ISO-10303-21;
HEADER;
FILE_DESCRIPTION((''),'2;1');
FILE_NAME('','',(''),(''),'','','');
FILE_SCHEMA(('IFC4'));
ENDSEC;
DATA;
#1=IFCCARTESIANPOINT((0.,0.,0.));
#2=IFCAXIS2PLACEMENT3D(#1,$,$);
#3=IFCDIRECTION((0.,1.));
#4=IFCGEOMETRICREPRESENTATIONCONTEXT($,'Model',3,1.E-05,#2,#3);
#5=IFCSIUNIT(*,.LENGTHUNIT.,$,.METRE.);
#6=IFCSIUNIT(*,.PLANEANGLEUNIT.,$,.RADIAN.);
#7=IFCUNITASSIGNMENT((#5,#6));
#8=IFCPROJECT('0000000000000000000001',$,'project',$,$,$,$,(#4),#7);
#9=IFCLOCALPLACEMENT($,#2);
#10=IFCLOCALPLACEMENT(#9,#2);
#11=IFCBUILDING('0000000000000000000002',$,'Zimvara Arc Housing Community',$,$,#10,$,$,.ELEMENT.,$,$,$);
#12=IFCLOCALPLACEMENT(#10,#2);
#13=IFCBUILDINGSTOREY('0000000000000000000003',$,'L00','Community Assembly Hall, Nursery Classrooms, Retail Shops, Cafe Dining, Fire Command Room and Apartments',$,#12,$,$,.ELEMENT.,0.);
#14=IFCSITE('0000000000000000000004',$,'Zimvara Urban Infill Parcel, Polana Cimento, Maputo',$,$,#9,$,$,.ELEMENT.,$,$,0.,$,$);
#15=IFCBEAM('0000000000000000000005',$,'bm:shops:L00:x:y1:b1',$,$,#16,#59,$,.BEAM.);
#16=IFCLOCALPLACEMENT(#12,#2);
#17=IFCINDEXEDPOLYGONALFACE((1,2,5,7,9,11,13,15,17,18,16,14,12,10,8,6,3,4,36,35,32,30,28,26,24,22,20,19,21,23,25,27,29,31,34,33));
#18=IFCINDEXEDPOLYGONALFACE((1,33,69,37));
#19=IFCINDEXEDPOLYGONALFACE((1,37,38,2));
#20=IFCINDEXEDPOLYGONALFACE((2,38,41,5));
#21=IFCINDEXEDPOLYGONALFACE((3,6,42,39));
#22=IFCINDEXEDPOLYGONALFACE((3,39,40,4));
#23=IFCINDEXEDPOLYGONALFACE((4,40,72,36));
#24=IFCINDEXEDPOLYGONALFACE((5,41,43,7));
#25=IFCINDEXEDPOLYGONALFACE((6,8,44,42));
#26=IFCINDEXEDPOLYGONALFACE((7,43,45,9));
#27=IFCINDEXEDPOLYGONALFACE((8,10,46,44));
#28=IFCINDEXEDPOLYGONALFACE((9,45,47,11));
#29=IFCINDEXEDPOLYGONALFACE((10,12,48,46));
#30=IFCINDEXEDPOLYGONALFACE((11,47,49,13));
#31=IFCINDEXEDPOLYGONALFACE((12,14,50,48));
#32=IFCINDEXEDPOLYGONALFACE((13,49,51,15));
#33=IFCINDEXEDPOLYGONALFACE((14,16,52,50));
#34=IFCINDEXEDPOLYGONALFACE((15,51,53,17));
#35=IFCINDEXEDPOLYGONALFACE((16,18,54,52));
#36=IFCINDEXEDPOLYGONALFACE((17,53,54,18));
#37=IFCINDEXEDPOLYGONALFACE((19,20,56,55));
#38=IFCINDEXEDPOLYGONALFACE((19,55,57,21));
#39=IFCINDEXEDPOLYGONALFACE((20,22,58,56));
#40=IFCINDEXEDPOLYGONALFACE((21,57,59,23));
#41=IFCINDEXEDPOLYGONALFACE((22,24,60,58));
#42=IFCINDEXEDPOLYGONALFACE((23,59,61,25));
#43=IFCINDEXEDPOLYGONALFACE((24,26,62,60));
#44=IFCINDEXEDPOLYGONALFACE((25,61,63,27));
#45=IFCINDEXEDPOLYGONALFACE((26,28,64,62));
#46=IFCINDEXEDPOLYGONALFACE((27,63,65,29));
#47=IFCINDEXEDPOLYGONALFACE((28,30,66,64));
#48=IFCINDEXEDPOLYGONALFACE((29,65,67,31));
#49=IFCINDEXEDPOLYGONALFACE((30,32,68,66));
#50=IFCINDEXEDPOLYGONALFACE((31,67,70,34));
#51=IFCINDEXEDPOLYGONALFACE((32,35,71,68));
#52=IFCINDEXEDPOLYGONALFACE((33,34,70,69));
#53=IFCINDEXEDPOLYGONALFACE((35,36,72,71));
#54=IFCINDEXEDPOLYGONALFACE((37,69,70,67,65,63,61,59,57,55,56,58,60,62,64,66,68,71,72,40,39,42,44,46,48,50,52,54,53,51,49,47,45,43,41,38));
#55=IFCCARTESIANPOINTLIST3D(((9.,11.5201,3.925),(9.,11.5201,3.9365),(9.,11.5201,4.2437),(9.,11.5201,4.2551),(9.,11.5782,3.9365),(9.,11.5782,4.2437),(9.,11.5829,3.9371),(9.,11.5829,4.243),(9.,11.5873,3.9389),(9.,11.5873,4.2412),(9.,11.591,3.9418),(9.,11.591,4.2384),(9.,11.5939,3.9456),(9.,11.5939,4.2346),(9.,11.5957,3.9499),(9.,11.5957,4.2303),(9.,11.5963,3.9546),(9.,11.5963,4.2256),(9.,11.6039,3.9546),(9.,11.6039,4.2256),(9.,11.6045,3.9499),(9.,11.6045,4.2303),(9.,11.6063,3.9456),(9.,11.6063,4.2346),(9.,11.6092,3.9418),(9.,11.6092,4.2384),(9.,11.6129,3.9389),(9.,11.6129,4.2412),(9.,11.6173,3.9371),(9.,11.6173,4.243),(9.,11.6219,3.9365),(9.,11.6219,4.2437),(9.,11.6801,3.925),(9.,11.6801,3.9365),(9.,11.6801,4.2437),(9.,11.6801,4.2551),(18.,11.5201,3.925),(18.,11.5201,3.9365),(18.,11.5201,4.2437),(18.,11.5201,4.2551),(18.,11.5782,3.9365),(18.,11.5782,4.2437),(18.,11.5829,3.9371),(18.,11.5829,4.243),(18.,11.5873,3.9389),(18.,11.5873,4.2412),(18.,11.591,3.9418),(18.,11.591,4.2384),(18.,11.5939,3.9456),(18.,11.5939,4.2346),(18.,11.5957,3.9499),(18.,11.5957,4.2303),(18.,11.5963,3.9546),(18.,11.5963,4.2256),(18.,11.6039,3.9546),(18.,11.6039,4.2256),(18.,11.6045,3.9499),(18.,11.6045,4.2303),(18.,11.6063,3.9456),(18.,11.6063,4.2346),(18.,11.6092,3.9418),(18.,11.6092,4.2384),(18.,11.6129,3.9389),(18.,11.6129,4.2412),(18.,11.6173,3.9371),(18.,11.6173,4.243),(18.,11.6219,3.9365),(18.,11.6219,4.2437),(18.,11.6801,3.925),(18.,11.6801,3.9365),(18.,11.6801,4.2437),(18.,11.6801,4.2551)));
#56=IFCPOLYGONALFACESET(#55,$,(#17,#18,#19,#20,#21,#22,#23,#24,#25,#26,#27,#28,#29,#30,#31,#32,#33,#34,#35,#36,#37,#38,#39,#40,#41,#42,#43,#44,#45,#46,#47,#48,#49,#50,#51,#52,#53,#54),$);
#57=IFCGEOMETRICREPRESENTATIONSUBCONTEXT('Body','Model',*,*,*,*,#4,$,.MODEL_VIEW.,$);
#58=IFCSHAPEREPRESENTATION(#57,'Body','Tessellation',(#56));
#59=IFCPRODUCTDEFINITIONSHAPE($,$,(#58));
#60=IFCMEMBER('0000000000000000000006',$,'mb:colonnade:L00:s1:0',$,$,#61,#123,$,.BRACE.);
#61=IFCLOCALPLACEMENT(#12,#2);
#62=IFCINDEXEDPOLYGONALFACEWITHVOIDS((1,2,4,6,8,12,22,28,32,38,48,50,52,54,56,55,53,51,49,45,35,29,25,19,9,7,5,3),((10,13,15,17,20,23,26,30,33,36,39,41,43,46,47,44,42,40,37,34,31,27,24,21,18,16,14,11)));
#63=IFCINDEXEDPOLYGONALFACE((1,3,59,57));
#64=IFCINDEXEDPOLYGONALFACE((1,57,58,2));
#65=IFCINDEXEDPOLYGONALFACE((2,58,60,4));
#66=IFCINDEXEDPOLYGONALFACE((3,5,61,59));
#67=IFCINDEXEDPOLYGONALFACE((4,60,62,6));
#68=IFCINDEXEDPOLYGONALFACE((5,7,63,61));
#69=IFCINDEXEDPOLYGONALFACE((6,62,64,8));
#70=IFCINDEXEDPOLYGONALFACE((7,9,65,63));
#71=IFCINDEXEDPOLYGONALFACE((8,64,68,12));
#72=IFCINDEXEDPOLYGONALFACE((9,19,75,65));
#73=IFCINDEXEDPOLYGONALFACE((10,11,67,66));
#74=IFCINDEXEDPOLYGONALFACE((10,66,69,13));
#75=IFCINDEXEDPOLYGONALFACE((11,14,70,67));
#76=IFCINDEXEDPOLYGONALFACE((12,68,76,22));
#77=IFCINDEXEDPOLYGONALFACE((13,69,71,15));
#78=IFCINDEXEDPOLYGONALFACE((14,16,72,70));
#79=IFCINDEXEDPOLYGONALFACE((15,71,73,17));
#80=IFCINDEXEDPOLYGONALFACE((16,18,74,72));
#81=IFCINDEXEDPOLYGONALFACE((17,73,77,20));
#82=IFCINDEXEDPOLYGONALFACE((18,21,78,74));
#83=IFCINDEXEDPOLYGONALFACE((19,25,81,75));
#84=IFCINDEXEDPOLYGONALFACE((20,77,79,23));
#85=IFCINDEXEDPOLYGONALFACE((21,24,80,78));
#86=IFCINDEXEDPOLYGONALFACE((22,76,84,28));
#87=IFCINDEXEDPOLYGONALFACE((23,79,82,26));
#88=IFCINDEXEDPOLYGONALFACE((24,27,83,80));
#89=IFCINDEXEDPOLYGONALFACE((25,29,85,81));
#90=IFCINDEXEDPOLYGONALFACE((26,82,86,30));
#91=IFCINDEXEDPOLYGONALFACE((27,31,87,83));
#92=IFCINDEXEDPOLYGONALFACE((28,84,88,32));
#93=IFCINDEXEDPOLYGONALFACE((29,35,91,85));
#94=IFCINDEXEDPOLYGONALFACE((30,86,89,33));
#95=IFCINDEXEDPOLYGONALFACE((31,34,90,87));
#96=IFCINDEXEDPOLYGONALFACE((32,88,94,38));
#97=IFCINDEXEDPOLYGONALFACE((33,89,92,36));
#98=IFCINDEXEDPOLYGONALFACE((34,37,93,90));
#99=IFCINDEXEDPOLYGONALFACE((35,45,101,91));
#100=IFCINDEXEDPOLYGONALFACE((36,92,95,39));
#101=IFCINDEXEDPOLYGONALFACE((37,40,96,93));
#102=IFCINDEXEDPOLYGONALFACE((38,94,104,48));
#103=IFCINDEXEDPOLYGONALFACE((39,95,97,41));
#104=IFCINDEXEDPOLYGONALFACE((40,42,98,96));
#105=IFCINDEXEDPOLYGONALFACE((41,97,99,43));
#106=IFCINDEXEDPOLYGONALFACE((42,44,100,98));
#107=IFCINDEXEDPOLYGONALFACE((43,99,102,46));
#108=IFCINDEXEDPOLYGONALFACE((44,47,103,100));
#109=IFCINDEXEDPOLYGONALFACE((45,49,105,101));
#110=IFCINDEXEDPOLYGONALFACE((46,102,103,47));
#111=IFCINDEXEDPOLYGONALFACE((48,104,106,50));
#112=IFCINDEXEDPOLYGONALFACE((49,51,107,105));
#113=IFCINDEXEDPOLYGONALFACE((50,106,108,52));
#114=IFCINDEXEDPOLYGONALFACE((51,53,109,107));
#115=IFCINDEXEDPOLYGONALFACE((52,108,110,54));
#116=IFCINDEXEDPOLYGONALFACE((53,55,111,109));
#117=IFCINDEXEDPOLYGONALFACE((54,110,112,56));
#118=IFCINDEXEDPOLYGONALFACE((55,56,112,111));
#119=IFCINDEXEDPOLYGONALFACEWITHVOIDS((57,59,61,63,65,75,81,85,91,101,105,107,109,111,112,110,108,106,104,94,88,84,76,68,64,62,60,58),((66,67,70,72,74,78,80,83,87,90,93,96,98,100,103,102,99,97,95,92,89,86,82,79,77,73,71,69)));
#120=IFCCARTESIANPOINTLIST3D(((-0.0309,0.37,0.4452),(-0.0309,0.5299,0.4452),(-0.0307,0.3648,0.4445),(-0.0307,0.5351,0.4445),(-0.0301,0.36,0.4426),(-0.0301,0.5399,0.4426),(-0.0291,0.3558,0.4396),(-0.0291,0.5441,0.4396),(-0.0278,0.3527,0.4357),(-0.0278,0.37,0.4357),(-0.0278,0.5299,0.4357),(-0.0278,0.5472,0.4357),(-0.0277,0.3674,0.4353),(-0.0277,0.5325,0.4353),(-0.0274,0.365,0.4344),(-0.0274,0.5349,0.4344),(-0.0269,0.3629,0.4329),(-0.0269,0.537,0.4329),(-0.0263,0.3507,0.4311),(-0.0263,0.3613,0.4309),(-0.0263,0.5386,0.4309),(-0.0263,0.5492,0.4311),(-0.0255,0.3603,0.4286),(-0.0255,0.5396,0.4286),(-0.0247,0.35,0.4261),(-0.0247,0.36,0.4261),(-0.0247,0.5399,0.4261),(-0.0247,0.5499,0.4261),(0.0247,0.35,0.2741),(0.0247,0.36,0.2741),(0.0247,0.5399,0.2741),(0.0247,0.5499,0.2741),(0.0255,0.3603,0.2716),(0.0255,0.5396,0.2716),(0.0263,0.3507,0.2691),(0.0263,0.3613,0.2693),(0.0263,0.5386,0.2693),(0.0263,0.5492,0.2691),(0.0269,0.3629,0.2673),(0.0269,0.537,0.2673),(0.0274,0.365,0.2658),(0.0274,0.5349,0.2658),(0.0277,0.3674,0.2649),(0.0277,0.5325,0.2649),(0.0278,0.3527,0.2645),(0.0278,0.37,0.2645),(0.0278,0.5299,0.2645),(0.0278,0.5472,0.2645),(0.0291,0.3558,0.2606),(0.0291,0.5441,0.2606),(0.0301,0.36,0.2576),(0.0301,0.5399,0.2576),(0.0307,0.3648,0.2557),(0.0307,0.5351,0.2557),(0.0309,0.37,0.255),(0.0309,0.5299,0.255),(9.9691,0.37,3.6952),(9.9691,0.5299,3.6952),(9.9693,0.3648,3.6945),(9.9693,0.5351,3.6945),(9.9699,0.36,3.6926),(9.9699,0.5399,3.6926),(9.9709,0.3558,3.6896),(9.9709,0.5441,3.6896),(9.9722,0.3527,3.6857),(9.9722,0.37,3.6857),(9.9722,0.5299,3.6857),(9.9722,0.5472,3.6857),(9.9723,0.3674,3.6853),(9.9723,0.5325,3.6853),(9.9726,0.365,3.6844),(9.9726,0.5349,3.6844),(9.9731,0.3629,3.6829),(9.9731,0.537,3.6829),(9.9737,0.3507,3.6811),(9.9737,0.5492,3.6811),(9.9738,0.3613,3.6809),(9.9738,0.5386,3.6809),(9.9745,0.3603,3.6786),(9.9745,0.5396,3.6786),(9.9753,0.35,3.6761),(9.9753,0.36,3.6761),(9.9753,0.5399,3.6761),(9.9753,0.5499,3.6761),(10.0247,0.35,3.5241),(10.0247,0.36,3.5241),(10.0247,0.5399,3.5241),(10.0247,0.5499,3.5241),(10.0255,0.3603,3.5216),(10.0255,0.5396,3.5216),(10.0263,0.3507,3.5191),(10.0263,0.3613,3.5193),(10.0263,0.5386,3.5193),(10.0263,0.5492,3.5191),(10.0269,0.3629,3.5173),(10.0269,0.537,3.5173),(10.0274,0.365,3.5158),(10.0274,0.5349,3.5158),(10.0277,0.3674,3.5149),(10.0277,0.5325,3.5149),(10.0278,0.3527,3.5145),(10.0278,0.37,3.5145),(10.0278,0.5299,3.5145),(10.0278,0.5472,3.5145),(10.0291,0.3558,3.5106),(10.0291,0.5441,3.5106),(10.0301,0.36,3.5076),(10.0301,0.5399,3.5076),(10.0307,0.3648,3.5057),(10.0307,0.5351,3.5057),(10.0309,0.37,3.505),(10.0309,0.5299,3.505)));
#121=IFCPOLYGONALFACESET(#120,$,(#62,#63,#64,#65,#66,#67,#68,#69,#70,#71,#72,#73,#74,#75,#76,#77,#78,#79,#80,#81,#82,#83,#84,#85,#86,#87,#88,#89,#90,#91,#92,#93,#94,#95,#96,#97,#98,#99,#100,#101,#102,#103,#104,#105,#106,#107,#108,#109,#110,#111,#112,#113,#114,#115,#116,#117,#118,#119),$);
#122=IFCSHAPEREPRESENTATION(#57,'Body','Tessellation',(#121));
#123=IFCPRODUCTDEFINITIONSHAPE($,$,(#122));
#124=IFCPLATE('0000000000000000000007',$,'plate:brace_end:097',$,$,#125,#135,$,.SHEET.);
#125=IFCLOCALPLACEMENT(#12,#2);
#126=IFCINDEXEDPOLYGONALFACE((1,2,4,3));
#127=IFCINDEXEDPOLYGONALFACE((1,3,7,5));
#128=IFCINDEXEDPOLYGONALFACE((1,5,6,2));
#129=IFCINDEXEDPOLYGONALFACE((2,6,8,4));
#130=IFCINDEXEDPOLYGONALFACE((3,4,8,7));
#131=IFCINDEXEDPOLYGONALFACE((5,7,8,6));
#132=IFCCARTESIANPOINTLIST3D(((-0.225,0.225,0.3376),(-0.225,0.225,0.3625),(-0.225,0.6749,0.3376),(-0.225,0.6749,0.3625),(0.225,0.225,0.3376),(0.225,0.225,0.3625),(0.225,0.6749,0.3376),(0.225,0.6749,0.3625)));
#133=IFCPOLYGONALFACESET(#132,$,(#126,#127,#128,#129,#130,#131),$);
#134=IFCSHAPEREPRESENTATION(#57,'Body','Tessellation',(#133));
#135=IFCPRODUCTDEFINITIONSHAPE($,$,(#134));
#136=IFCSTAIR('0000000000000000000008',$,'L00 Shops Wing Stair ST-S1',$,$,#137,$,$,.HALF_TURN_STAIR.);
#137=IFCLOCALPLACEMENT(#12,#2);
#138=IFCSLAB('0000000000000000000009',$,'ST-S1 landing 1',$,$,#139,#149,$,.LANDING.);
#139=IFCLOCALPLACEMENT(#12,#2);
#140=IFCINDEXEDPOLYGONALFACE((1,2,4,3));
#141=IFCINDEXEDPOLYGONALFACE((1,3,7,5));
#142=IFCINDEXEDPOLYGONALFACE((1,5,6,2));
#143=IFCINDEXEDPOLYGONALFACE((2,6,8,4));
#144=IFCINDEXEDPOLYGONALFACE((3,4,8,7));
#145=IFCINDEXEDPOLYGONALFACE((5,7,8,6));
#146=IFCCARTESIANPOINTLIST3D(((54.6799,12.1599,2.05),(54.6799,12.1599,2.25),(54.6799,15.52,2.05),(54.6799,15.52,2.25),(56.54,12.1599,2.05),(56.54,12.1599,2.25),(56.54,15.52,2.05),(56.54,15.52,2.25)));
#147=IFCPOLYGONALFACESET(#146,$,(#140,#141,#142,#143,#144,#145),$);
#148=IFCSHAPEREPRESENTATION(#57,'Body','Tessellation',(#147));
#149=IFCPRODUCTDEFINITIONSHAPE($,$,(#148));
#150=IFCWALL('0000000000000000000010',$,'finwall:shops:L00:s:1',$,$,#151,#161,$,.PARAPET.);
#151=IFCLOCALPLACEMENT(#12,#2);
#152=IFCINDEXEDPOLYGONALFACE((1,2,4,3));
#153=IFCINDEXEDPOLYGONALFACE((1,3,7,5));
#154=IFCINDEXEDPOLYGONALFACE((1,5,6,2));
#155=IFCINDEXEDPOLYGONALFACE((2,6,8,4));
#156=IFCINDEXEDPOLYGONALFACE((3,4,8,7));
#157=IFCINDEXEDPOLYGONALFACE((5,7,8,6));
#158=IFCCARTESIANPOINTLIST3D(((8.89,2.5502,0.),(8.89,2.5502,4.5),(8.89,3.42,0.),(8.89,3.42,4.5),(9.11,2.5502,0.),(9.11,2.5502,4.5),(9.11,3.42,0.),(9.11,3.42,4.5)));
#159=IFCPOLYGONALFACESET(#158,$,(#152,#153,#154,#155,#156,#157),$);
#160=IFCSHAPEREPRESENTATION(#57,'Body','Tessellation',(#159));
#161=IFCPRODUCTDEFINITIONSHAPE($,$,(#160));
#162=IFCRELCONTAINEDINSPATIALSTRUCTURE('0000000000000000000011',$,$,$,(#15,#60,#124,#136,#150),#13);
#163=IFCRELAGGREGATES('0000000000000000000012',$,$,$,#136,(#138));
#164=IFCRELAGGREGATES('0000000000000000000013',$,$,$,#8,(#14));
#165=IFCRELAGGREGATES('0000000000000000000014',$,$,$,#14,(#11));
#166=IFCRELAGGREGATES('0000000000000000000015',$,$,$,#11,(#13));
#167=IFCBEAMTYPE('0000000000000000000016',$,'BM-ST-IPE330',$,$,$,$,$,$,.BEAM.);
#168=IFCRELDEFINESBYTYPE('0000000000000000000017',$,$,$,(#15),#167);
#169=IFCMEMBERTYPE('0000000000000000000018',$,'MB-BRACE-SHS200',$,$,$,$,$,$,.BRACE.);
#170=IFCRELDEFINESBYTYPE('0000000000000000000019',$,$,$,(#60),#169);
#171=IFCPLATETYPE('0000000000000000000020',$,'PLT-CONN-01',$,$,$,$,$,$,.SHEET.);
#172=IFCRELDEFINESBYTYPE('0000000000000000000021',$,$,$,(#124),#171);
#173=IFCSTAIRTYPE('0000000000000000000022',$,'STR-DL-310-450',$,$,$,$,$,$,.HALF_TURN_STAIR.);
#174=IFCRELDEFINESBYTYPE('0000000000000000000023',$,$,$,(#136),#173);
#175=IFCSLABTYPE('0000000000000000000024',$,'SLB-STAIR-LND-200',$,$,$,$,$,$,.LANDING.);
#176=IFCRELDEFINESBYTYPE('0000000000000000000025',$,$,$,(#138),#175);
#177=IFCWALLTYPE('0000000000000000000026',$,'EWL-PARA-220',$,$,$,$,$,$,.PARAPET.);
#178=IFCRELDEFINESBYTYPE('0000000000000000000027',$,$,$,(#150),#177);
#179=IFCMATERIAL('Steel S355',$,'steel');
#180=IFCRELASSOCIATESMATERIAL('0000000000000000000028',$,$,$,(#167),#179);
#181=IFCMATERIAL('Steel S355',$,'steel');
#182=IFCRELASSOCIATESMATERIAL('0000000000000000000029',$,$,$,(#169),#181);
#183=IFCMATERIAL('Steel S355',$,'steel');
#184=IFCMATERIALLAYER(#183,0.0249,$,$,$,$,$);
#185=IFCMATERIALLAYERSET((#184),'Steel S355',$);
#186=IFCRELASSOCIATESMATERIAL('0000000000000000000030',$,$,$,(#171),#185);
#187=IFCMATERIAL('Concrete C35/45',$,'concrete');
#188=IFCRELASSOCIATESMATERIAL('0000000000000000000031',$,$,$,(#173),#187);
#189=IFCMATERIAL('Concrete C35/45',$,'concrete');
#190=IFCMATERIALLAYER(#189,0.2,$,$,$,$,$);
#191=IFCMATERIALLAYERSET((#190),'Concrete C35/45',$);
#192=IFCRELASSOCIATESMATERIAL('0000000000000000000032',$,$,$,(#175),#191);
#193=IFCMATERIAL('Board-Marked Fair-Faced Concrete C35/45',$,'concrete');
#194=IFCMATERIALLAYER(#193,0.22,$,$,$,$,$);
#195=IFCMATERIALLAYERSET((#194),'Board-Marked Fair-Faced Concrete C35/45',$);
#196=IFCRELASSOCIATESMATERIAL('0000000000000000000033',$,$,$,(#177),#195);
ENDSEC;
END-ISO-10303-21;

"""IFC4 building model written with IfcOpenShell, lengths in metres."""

from ifc_helpers import new_model, si_unit, direction, frame, frame_2d, origin, origin_2d, place, context, subcontext, project, spatial, polyline, rectangle, hollow_rectangle, i_section, outline, extrude, material, layer, layer_set, material_profile, profile_set, type_object, element, aggregate, save


model = new_model("IFC4")

# Units and contexts
model_context = context("Model", 3, precision=1e-05, world=origin(), true_north=direction((0.0, 1.0)))
body_context = subcontext(model_context, "Body", "Model", "MODEL_VIEW")
ifc_project = project(units=[si_unit("LENGTHUNIT", "METRE"), si_unit("PLANEANGLEUNIT", "RADIAN")], contexts=[model_context])

# Site, building, storey
site_placement = place(None, origin())
site = spatial("IfcSite", under=ifc_project, at=site_placement, Name="Zimvara Urban Infill Parcel, Polana Cimento, Maputo", CompositionType="ELEMENT", RefElevation=0.0)
building_placement = place(site_placement, origin())
building = spatial("IfcBuilding", under=site, at=building_placement, Name="Zimvara Arc Housing Community", CompositionType="ELEMENT")
storey_placement = place(building_placement, origin())
storey = spatial("IfcBuildingStorey", under=building, at=storey_placement, Name="L00", Description="Community Assembly Hall, Nursery Classrooms, Retail Shops, Cafe Dining, Fire Command Room and Apartments", CompositionType="ELEMENT", Elevation=0.0)

# Beam
ifc_material_1 = material(Name="Steel S355", Category="steel")
ifc_material_profile_1 = material_profile(ifc_material_1, i_section(OverallWidth=0.1599, OverallDepth=0.3301, WebThickness=0.0076, FlangeThickness=0.0115, FilletRadius=0.0181, at=origin_2d()), Name="IPE 330")
ifc_profile_set_1 = profile_set([ifc_material_profile_1], Name="Steel S355")
beam_type_1 = type_object("IfcBeamType", Name="BM-ST-IPE330", PredefinedType="BEAM", material=ifc_profile_set_1)
for number, where, z_axis, x_axis, name in (
    (1, (9.0, 11.6001, 4.0901), (1.0, 0.0, 0.0), (0.0, 1.0, 0.0), "bm:shops:L00:x:y1:b1"),
):
    element("IfcBeam", number, at=place(storey_placement, frame(where, z_axis=z_axis, x_axis=x_axis)), inside=storey, type_object=beam_type_1, Name=name, PredefinedType="BEAM", context=body_context, shape_type="SweptSolid", body=[
        extrude(i_section(OverallWidth=0.1599, OverallDepth=0.3301, WebThickness=0.0076, FlangeThickness=0.0115, FilletRadius=0.0181, at=origin_2d()), origin(), (0.0, 0.0, 1.0), 9.0),
    ])

# Member
ifc_material_2 = material(Name="Steel S355", Category="steel")
ifc_material_profile_2 = material_profile(ifc_material_2, hollow_rectangle(XDim=0.2, YDim=0.2, WallThickness=0.01, InnerFilletRadius=0.01, OuterFilletRadius=0.02, at=origin_2d()), Name="SHS 200x200x10.0")
ifc_profile_set_2 = profile_set([ifc_material_profile_2], Name="Steel S355")
member_type = type_object("IfcMemberType", Name="MB-BRACE-SHS200", PredefinedType="BRACE", material=ifc_profile_set_2)
member_placement = place(storey_placement, frame((0.0, 0.45, 0.3501), z_axis=(0.951034, 0.0, 0.309086), x_axis=(0.0, 1.0, 0.0)))
element("IfcMember", 2, at=member_placement, inside=storey, type_object=member_type, Name="mb:colonnade:L00:s1:0", PredefinedType="BRACE", context=body_context, shape_type="SweptSolid", body=[
    extrude(hollow_rectangle(XDim=0.2, YDim=0.2, WallThickness=0.01, InnerFilletRadius=0.01, OuterFilletRadius=0.02, at=origin_2d()), origin(), (0.0, 0.0, 1.0), 10.5149),
])

# Plate
ifc_material_3 = material(Name="Steel S355", Category="steel")
ifc_layer_1 = layer(ifc_material_3, 0.0249)
ifc_layer_set_1 = layer_set([ifc_layer_1], Name="Steel S355")
plate_type = type_object("IfcPlateType", Name="PLT-CONN-01", PredefinedType="SHEET", material=ifc_layer_set_1)
plate_placement = place(storey_placement, frame((0.0, 0.45, 0.3376), z_axis=(0.0, 0.0, 1.0), x_axis=(1.0, 0.0, 0.0)))
element("IfcPlate", 3, at=plate_placement, inside=storey, type_object=plate_type, Name="plate:brace_end:097", PredefinedType="SHEET", context=body_context, shape_type="SweptSolid", body=[
    extrude(rectangle(XDim=0.45, YDim=0.45, at=origin_2d()), origin(), (0.0, 0.0, 1.0), 0.0249),
])

# Stair, slab
ifc_material_4 = material(Name="Concrete C35/45", Category="concrete")
stair_type = type_object("IfcStairType", Name="STR-DL-310-450", PredefinedType="HALF_TURN_STAIR", material=ifc_material_4)
stair_placement = place(storey_placement, origin())
stair = element("IfcStair", 4, at=stair_placement, inside=storey, type_object=stair_type, Name="L00 Shops Wing Stair ST-S1", PredefinedType="HALF_TURN_STAIR")
ifc_material_5 = material(Name="Concrete C35/45", Category="concrete")
ifc_layer_2 = layer(ifc_material_5, 0.2)
ifc_layer_set_2 = layer_set([ifc_layer_2], Name="Concrete C35/45")
slab_type = type_object("IfcSlabType", Name="SLB-STAIR-LND-200", PredefinedType="LANDING", material=ifc_layer_set_2)
slab_placement = place(storey_placement, frame((0.0, 0.0, 2.05)))
slab = element("IfcSlab", 5, at=slab_placement, type_object=slab_type, Name="ST-S1 landing 1", PredefinedType="LANDING", context=body_context, shape_type="SweptSolid", body=[
    extrude(outline(polyline([(54.6799, 12.1599), (56.54, 12.1599), (56.54, 15.52), (54.6799, 15.52), (54.6799, 12.1599)])), origin(), (0.0, 0.0, 1.0), 0.2),
])
aggregate(stair, [slab])

# Wall
ifc_material_6 = material(Name="Board-Marked Fair-Faced Concrete C35/45", Category="concrete")
ifc_layer_3 = layer(ifc_material_6, 0.22)
ifc_layer_set_3 = layer_set([ifc_layer_3], Name="Board-Marked Fair-Faced Concrete C35/45")
wall_type_1 = type_object("IfcWallType", Name="EWL-PARA-220", PredefinedType="PARAPET", material=ifc_layer_set_3)
wall_1_placement = place(storey_placement, frame((9.0, 2.55, 0.0), z_axis=(0.0, 0.0, 1.0), x_axis=(0.0, 1.0, 0.0)))
element("IfcWall", 6, at=wall_1_placement, inside=storey, type_object=wall_type_1, Name="finwall:shops:L00:s:1", PredefinedType="PARAPET", context=body_context, shape_type="SweptSolid", body=[
    extrude(rectangle(XDim=0.8699, YDim=0.22, at=frame_2d((0.4351, 0.0))), origin(), (0.0, 0.0, 1.0), 4.5),
])

save(model, "model.ifc")
